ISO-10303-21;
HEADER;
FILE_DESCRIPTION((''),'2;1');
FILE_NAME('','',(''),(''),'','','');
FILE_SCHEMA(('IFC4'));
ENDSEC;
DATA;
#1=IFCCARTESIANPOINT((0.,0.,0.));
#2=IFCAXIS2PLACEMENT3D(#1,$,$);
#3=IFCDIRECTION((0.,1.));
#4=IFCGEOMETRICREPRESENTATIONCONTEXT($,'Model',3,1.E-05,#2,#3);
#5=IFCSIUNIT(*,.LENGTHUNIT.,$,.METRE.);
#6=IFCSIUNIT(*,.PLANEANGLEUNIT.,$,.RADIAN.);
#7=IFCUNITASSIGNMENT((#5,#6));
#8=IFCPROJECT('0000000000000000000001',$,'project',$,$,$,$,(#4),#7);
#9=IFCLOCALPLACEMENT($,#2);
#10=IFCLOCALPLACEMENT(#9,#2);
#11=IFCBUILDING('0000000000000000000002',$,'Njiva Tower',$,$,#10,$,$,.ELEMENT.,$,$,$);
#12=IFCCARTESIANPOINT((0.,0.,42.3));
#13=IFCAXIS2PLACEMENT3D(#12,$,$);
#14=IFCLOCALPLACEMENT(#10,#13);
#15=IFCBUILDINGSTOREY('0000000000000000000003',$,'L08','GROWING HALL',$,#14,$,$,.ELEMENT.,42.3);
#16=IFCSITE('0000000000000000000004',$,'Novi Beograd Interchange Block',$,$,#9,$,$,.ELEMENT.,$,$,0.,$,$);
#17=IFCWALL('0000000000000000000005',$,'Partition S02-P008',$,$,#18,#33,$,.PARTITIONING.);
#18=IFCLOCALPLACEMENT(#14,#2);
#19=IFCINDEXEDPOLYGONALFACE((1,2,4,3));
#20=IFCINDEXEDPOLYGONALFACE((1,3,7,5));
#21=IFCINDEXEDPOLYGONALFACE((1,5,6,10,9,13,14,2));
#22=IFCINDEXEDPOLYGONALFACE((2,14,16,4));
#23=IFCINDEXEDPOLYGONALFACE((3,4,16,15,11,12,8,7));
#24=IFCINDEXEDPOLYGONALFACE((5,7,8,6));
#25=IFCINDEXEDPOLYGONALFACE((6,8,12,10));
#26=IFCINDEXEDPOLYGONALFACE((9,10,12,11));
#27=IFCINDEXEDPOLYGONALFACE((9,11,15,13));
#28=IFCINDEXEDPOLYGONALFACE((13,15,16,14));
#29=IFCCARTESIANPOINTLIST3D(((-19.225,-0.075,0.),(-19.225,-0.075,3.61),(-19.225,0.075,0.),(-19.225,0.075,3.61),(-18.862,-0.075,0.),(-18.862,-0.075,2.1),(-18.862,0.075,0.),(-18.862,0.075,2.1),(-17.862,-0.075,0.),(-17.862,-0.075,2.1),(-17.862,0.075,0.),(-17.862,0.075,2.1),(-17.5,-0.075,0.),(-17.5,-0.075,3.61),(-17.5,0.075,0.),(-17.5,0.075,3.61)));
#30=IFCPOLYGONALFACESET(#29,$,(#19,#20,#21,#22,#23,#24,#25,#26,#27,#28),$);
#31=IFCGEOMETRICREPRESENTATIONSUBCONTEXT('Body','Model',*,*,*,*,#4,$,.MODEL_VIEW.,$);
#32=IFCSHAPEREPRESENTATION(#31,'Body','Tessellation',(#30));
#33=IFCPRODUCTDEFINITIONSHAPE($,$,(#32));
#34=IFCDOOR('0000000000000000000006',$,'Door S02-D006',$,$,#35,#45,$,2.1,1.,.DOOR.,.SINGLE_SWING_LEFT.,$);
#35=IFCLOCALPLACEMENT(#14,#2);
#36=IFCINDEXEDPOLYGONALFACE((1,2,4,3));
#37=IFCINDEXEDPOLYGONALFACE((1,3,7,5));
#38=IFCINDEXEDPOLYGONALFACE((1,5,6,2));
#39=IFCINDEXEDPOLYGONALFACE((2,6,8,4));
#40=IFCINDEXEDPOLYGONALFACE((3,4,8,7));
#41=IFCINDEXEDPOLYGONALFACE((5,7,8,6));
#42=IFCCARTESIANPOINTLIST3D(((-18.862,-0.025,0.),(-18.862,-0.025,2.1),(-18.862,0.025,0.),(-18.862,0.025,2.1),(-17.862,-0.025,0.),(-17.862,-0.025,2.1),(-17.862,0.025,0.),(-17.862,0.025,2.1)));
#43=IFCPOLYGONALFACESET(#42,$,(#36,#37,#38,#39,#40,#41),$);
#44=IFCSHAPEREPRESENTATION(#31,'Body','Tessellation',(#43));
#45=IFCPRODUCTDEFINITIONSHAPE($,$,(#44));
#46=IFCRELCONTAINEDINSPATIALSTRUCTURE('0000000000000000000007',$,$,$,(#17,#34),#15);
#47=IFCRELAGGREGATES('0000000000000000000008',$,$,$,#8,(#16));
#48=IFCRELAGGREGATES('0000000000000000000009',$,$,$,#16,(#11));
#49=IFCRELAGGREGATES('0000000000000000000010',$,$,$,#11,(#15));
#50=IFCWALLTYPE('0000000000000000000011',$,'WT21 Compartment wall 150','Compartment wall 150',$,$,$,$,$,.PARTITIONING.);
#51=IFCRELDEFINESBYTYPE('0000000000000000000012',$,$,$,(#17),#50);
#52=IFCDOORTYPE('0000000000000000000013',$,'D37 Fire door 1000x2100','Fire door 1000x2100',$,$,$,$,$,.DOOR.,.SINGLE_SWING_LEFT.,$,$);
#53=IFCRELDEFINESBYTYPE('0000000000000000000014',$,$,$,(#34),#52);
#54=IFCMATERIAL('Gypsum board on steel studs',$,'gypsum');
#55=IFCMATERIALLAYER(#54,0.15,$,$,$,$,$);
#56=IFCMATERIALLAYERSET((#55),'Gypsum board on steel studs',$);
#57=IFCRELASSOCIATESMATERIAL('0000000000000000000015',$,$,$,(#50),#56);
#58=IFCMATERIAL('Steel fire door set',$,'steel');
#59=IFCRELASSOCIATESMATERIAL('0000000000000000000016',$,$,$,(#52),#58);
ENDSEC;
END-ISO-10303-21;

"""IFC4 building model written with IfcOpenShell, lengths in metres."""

from ifc_helpers import new_model, si_unit, direction, frame, frame_2d, origin, place, context, subcontext, project, spatial, rectangle, extrude, material, layer, layer_set, type_object, element, fill, save


model = new_model("IFC4")

# Units and contexts
model_context = context("Model", 3, precision=1e-05, world=origin(), true_north=direction((0.0, 1.0)))
body_context = subcontext(model_context, "Body", "Model", "MODEL_VIEW")
ifc_project = project(units=[si_unit("LENGTHUNIT", "METRE"), si_unit("PLANEANGLEUNIT", "RADIAN")], contexts=[model_context])

# Site, building, storey
site_placement = place(None, origin())
site = spatial("IfcSite", under=ifc_project, at=site_placement, Name="Novi Beograd Interchange Block", CompositionType="ELEMENT", RefElevation=0.0)
building_placement = place(site_placement, origin())
building = spatial("IfcBuilding", under=site, at=building_placement, Name="Njiva Tower", CompositionType="ELEMENT")
storey_placement = place(building_placement, frame((0.0, 0.0, 42.3)))
storey = spatial("IfcBuildingStorey", under=building, at=storey_placement, Name="L08", Description="GROWING HALL", CompositionType="ELEMENT", Elevation=42.3)

# Shared definitions
ifc_material_1 = material(Name="Gypsum board on steel studs", Category="gypsum")

# Wall, opening, door
ifc_layer_1 = layer(ifc_material_1, 0.15)
ifc_layer_set_1 = layer_set([ifc_layer_1], Name="Gypsum board on steel studs")
wall_type_1 = type_object("IfcWallType", Name="WT21 Compartment wall 150", Description="Compartment wall 150", PredefinedType="PARTITIONING", material=ifc_layer_set_1)
wall_1_placement = place(storey_placement, frame((-19.225, 0.0, 0.0), z_axis=(0.0, 0.0, 1.0), x_axis=(1.0, 0.0, 0.0)))
wall_1 = element("IfcWall", 1, at=wall_1_placement, inside=storey, type_object=wall_type_1, Name="Partition S02-P008", PredefinedType="PARTITIONING", context=body_context, shape_type="SweptSolid", body=[
    extrude(rectangle(XDim=1.725, YDim=0.15, at=frame_2d((0.8625, 0.0))), origin(), (0.0, 0.0, 1.0), 3.61),
])
opening_1_placement = place(wall_1_placement, frame((0.363, 0.0, 0.0)))
opening_1 = element("IfcOpeningElement", 2, at=opening_1_placement, cuts=wall_1, PredefinedType="OPENING", context=body_context, shape_type="SweptSolid", body=[
    extrude(rectangle(XDim=1.0, YDim=2.1, at=frame_2d((0.5, 1.05))), frame((0.0, 0.085, 0.0), z_axis=(0.0, -1.0, 0.0), x_axis=(1.0, 0.0, 0.0)), (0.0, 0.0, 1.0), 0.17),
])
ifc_material_2 = material(Name="Steel fire door set", Category="steel")
door_type_1 = type_object("IfcDoorType", Name="D37 Fire door 1000x2100", Description="Fire door 1000x2100", OperationType="SINGLE_SWING_LEFT", PredefinedType="DOOR", material=ifc_material_2)
door_1_placement = place(opening_1_placement, origin())
door_1 = element("IfcDoor", 3, at=door_1_placement, inside=storey, type_object=door_type_1, Name="Door S02-D006", OperationType="SINGLE_SWING_LEFT", OverallHeight=2.1, OverallWidth=1.0, PredefinedType="DOOR", context=body_context, shape_type="SweptSolid", body=[
    extrude(rectangle(XDim=1.0, YDim=2.1, at=frame_2d((0.5, 1.05))), frame((0.0, 0.025, 0.0), z_axis=(0.0, -1.0, 0.0), x_axis=(1.0, 0.0, 0.0)), (0.0, 0.0, 1.0), 0.05),
])
fill(opening_1, door_1)

save(model, "model.ifc")
